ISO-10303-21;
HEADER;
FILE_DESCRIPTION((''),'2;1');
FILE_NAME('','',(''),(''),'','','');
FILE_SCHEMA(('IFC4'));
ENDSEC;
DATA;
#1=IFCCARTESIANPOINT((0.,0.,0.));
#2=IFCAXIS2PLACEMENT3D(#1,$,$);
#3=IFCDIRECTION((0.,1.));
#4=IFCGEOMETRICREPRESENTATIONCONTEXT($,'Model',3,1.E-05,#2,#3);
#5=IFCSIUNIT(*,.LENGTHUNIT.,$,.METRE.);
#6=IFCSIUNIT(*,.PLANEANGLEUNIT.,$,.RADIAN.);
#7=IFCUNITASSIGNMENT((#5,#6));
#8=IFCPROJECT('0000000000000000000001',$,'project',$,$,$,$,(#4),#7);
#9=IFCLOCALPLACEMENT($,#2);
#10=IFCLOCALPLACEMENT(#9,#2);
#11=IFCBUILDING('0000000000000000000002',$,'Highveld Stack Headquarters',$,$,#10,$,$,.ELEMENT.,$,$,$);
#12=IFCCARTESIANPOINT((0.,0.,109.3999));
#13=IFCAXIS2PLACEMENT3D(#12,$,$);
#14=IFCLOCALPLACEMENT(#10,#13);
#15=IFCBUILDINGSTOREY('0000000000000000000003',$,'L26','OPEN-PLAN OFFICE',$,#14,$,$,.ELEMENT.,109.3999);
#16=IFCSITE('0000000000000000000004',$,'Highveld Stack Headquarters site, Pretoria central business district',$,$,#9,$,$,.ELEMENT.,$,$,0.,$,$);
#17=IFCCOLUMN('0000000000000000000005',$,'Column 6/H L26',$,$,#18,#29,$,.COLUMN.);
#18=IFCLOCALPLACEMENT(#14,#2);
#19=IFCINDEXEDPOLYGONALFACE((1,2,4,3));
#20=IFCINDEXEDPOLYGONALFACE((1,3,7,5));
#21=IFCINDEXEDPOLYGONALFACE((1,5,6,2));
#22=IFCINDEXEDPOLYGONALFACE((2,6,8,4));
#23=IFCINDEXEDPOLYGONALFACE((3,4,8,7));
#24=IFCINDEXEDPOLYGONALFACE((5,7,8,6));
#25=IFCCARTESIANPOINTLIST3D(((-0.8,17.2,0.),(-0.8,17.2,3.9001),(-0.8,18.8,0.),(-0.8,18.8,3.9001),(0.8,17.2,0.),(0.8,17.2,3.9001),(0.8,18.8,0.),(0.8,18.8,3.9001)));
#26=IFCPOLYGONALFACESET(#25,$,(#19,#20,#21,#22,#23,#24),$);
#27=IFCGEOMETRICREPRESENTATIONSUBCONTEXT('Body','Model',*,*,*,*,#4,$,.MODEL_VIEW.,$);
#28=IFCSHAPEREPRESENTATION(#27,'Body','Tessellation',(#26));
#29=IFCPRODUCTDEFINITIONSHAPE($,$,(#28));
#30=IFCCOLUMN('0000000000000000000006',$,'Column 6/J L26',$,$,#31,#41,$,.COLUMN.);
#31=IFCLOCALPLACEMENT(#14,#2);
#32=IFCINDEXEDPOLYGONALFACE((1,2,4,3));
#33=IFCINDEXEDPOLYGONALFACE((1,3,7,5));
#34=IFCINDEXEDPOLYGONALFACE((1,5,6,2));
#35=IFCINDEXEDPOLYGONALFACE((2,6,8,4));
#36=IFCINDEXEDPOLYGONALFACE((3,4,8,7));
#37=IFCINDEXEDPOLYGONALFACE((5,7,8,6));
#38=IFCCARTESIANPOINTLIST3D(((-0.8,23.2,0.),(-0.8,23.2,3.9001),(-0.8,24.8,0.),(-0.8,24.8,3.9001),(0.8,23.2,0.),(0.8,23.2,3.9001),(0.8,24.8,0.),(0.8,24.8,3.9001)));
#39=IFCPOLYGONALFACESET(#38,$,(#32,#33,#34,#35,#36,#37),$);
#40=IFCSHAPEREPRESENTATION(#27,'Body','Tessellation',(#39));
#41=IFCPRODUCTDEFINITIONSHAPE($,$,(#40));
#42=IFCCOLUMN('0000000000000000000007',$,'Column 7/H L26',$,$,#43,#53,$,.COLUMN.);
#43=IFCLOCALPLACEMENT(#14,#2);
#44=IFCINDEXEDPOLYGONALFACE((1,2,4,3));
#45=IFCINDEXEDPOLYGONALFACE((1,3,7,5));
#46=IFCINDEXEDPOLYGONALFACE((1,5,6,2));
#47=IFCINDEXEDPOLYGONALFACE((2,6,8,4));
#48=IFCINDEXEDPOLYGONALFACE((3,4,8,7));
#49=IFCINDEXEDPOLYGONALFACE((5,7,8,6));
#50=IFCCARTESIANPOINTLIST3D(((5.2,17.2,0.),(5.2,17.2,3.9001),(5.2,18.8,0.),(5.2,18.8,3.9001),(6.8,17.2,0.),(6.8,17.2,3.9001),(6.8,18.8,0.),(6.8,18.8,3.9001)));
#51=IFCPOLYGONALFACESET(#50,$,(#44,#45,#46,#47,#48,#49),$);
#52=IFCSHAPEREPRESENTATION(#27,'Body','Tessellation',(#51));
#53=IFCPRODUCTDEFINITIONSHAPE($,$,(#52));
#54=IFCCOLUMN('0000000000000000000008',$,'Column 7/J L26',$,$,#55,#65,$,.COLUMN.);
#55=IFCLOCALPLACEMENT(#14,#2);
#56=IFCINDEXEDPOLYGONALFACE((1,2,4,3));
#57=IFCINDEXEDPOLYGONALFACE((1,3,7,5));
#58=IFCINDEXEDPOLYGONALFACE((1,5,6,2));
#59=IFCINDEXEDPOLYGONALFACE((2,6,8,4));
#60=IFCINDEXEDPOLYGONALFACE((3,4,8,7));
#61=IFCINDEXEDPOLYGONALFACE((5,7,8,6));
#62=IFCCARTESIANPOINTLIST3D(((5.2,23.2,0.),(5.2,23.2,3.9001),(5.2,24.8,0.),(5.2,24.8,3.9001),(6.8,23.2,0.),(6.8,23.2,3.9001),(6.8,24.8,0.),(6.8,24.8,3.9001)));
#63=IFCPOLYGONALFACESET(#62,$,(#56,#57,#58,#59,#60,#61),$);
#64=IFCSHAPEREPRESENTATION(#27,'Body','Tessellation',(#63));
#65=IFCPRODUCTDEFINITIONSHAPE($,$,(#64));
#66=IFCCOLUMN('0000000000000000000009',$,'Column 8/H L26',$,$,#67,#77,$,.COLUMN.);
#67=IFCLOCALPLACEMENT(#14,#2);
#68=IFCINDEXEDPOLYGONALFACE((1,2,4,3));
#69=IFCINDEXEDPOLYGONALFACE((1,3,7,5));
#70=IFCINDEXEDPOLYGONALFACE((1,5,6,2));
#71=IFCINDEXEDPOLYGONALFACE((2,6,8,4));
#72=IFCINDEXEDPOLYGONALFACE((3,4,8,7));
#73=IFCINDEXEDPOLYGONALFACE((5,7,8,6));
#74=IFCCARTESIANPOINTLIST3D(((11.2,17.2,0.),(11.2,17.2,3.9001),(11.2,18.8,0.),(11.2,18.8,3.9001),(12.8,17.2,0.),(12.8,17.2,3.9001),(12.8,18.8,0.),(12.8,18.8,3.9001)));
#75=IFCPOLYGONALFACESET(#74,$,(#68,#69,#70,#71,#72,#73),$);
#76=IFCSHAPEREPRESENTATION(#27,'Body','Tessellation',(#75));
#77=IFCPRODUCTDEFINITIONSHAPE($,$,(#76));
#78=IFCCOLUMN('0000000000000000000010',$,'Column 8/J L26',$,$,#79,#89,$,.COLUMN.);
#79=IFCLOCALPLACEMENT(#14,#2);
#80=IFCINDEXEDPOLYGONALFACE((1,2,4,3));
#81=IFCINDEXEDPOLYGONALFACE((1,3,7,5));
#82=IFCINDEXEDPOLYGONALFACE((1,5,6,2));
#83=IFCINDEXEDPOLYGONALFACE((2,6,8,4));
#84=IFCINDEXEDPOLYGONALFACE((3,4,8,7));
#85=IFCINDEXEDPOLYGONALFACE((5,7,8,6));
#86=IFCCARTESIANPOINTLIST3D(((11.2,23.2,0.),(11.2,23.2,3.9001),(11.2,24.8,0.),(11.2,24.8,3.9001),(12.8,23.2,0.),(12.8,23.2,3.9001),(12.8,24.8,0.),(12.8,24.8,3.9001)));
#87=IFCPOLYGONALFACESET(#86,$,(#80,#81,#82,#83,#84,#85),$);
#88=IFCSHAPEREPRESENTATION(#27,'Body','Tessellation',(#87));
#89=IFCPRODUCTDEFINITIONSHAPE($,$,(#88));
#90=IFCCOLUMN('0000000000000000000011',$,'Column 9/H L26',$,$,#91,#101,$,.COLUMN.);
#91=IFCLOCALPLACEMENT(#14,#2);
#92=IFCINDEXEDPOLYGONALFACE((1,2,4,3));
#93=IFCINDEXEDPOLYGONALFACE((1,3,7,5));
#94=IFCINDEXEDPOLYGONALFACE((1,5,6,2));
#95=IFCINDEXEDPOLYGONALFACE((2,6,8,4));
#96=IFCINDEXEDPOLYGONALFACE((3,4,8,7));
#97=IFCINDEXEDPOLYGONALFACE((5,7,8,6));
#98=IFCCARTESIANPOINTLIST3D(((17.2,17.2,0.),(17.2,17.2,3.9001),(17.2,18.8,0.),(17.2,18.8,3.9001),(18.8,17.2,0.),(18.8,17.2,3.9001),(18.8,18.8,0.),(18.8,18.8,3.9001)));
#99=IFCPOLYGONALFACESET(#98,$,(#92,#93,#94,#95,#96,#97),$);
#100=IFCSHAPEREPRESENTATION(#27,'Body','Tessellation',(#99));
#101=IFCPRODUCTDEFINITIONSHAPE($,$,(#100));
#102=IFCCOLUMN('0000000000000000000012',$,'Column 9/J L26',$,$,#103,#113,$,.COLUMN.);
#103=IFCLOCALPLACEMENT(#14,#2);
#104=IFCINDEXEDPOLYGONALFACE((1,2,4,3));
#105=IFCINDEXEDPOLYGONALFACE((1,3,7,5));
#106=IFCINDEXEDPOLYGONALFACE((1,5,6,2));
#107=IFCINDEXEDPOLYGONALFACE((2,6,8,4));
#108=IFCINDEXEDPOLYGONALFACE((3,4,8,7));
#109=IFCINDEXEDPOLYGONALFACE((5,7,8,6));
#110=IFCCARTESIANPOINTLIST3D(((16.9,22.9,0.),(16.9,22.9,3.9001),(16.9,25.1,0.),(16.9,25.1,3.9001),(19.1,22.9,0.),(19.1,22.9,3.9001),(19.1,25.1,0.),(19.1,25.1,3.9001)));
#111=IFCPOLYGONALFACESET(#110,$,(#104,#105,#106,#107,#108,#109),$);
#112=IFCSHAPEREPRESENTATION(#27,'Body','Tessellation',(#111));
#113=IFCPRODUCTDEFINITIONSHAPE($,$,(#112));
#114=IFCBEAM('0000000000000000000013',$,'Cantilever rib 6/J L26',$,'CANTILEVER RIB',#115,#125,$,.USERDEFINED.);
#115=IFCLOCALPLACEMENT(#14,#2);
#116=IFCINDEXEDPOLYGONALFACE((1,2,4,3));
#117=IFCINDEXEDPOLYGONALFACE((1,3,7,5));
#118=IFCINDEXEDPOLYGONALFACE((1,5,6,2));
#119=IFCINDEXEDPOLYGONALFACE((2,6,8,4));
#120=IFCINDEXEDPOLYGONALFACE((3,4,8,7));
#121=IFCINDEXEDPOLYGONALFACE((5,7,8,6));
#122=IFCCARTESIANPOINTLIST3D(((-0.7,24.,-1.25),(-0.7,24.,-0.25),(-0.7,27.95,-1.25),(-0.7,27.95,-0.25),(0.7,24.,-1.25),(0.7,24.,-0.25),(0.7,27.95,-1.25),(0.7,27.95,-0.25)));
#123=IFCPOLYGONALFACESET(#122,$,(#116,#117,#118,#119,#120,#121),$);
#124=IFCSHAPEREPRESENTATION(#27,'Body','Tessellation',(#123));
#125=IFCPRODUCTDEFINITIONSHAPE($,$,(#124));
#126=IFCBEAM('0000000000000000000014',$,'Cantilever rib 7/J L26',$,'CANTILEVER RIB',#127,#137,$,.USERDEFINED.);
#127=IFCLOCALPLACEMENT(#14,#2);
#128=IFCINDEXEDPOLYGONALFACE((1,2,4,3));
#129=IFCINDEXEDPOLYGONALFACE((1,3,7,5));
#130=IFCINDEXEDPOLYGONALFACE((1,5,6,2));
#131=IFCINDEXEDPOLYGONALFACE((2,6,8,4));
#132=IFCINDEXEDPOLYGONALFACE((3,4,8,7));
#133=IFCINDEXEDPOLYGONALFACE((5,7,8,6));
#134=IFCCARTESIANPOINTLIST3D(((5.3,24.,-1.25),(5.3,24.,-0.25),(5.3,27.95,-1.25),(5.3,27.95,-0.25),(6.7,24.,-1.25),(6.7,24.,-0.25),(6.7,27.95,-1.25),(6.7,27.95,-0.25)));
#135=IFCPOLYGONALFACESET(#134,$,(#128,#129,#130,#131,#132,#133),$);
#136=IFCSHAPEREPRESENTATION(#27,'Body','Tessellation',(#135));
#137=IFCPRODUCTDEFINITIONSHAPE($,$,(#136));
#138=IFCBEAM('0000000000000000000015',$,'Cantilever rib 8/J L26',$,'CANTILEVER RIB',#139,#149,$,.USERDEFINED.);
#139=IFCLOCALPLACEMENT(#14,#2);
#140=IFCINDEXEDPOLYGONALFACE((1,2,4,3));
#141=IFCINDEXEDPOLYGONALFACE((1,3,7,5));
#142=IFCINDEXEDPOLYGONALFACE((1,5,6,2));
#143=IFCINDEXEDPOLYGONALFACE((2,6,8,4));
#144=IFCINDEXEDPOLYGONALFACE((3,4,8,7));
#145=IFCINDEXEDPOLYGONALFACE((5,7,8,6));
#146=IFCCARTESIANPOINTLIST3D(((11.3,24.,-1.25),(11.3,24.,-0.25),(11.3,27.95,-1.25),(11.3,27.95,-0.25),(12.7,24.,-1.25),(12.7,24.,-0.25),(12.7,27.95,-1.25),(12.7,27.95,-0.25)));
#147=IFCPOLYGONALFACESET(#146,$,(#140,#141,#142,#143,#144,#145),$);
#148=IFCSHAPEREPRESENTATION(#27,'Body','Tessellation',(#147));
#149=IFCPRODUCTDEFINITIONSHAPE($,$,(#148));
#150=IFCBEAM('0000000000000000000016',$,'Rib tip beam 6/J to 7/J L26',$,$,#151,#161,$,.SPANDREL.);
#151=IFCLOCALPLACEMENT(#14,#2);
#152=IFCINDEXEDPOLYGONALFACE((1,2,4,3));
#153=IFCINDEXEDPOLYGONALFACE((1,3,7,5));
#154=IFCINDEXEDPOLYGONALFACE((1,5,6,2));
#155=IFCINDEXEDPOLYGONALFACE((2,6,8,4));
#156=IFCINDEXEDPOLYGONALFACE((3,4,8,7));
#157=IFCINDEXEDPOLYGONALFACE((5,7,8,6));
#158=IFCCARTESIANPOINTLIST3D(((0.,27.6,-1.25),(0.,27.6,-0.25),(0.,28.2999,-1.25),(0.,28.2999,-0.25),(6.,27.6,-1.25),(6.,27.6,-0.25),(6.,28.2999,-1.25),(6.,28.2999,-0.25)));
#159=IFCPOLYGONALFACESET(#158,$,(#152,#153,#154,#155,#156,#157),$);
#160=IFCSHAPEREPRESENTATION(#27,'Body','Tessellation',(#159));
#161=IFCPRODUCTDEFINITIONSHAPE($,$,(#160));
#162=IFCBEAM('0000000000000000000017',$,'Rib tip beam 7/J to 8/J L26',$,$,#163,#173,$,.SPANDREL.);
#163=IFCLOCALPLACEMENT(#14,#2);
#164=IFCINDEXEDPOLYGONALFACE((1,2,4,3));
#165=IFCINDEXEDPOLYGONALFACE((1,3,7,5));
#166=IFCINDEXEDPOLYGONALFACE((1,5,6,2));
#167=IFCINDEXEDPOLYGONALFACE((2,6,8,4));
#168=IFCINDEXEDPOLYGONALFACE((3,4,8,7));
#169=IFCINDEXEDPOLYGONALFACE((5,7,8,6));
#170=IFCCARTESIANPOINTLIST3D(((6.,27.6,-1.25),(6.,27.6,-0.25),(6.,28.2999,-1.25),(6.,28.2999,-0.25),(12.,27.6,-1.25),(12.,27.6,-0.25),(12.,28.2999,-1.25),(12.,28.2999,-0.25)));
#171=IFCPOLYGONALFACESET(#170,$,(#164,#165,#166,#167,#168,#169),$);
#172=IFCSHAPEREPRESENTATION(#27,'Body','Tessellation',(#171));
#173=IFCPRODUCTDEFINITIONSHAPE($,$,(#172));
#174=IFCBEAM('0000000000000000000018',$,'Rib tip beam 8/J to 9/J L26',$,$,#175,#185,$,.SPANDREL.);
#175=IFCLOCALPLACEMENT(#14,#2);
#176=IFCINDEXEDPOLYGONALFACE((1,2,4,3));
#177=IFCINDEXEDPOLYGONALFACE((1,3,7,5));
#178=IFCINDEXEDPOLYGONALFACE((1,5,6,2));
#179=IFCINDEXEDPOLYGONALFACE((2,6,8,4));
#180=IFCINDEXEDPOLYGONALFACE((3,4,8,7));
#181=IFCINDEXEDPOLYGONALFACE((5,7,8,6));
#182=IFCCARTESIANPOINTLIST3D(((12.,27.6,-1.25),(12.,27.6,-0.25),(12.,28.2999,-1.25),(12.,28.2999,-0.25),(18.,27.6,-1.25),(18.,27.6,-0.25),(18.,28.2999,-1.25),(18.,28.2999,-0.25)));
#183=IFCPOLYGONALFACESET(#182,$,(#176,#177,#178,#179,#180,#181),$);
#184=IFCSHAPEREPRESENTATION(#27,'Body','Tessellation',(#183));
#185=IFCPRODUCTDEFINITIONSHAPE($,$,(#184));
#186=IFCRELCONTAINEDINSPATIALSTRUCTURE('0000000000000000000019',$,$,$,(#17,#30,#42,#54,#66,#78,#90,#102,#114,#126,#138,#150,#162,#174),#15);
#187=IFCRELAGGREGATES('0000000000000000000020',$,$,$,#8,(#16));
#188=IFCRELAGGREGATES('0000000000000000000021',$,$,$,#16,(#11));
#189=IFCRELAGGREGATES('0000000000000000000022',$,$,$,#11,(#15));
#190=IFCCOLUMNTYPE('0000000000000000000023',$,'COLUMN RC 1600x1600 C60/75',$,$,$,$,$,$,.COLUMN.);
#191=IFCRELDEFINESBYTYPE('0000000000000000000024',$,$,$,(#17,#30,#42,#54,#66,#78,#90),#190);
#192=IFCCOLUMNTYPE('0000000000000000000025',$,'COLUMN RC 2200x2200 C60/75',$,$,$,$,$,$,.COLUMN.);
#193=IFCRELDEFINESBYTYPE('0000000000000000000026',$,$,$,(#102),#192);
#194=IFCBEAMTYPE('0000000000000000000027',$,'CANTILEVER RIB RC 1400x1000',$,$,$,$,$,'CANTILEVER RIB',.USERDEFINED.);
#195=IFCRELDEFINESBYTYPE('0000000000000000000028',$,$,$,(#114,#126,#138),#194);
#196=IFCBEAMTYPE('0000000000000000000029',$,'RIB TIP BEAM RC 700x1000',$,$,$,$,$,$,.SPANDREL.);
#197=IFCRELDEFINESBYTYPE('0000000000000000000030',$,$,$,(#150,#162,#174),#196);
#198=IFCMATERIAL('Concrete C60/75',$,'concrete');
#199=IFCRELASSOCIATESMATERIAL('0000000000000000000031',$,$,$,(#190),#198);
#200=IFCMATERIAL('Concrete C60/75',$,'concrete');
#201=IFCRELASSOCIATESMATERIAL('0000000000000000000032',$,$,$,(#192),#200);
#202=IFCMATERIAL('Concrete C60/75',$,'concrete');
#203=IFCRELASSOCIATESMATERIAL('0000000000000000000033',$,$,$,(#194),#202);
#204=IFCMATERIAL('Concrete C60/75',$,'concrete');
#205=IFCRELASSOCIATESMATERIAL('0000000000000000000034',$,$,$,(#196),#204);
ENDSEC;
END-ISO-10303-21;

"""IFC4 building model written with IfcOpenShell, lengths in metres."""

from ifc_helpers import new_model, si_unit, direction, frame, origin, origin_2d, place, context, subcontext, project, spatial, rectangle, extrude, material, material_profile, profile_set, type_object, element, save


model = new_model("IFC4")

# Units and contexts
model_context = context("Model", 3, precision=1e-05, world=origin(), true_north=direction((0.0, 1.0)))
body_context = subcontext(model_context, "Body", "Model", "MODEL_VIEW")
ifc_project = project(units=[si_unit("LENGTHUNIT", "METRE"), si_unit("PLANEANGLEUNIT", "RADIAN")], contexts=[model_context])

# Site, building, storey
site_placement = place(None, origin())
site = spatial("IfcSite", under=ifc_project, at=site_placement, Name="Highveld Stack Headquarters site, Pretoria central business district", CompositionType="ELEMENT", RefElevation=0.0)
building_placement = place(site_placement, origin())
building = spatial("IfcBuilding", under=site, at=building_placement, Name="Highveld Stack Headquarters", CompositionType="ELEMENT")
storey_placement = place(building_placement, frame((0.0, 0.0, 109.3999)))
storey = spatial("IfcBuildingStorey", under=building, at=storey_placement, Name="L26", Description="OPEN-PLAN OFFICE", CompositionType="ELEMENT", Elevation=109.3999)

# Columns
ifc_material_1 = material(Name="Concrete C60/75", Category="concrete")
ifc_material_profile_1 = material_profile(ifc_material_1, rectangle(XDim=1.6001, YDim=1.6001, at=origin_2d()), Name="RC 1600x1600")
ifc_profile_set_1 = profile_set([ifc_material_profile_1], Name="Concrete C60/75")
column_type_1 = type_object("IfcColumnType", Name="COLUMN RC 1600x1600 C60/75", PredefinedType="COLUMN", material=ifc_profile_set_1)
for number, where, z_axis, x_axis, name in (
    (1, (0.0, 18.0, 0.0), (0.0, 0.0, 1.0), (1.0, 0.0, 0.0), "Column 6/H L26"),
    (2, (0.0, 24.0, 0.0), (0.0, 0.0, 1.0), (1.0, 0.0, 0.0), "Column 6/J L26"),
    (3, (6.0, 18.0, 0.0), (0.0, 0.0, 1.0), (1.0, 0.0, 0.0), "Column 7/H L26"),
    (4, (6.0, 24.0, 0.0), (0.0, 0.0, 1.0), (1.0, 0.0, 0.0), "Column 7/J L26"),
    (5, (12.0, 18.0, 0.0), (0.0, 0.0, 1.0), (1.0, 0.0, 0.0), "Column 8/H L26"),
    (6, (12.0, 24.0, 0.0), (0.0, 0.0, 1.0), (1.0, 0.0, 0.0), "Column 8/J L26"),
    (7, (18.0, 18.0, 0.0), (0.0, 0.0, 1.0), (1.0, 0.0, 0.0), "Column 9/H L26"),
):
    element("IfcColumn", number, at=place(storey_placement, frame(where, z_axis=z_axis, x_axis=x_axis)), inside=storey, type_object=column_type_1, Name=name, PredefinedType="COLUMN", context=body_context, shape_type="SweptSolid", body=[
        extrude(rectangle(XDim=1.6001, YDim=1.6001, at=origin_2d()), origin(), (0.0, 0.0, 1.0), 3.9001),
    ])
ifc_material_2 = material(Name="Concrete C60/75", Category="concrete")
ifc_material_profile_2 = material_profile(ifc_material_2, rectangle(XDim=2.2, YDim=2.2, at=origin_2d()), Name="RC 2200x2200")
ifc_profile_set_2 = profile_set([ifc_material_profile_2], Name="Concrete C60/75")
column_type_2 = type_object("IfcColumnType", Name="COLUMN RC 2200x2200 C60/75", PredefinedType="COLUMN", material=ifc_profile_set_2)
column_placement = place(storey_placement, frame((18.0, 24.0, 0.0), z_axis=(0.0, 0.0, 1.0), x_axis=(1.0, 0.0, 0.0)))
element("IfcColumn", 8, at=column_placement, inside=storey, type_object=column_type_2, Name="Column 9/J L26", PredefinedType="COLUMN", context=body_context, shape_type="SweptSolid", body=[
    extrude(rectangle(XDim=2.2, YDim=2.2, at=origin_2d()), origin(), (0.0, 0.0, 1.0), 3.9001),
])

# Beams
ifc_material_3 = material(Name="Concrete C60/75", Category="concrete")
ifc_material_profile_3 = material_profile(ifc_material_3, rectangle(XDim=1.3999, YDim=1.0, at=origin_2d()), Name="RC 1400x1000")
ifc_profile_set_3 = profile_set([ifc_material_profile_3], Name="Concrete C60/75")
beam_type_1 = type_object("IfcBeamType", Name="CANTILEVER RIB RC 1400x1000", ElementType="CANTILEVER RIB", PredefinedType="USERDEFINED", material=ifc_profile_set_3)
for number, where, z_axis, x_axis, name in (
    (9, (0.0, 24.0, -0.75), (0.0, 1.0, 0.0), (-1.0, 0.0, 0.0), "Cantilever rib 6/J L26"),
    (10, (6.0, 24.0, -0.75), (0.0, 1.0, 0.0), (-1.0, 0.0, 0.0), "Cantilever rib 7/J L26"),
    (11, (12.0, 24.0, -0.75), (0.0, 1.0, 0.0), (-1.0, 0.0, 0.0), "Cantilever rib 8/J L26"),
):
    element("IfcBeam", number, at=place(storey_placement, frame(where, z_axis=z_axis, x_axis=x_axis)), inside=storey, type_object=beam_type_1, Name=name, ObjectType="CANTILEVER RIB", PredefinedType="USERDEFINED", context=body_context, shape_type="SweptSolid", body=[
        extrude(rectangle(XDim=1.3999, YDim=1.0, at=origin_2d()), origin(), (0.0, 0.0, 1.0), 3.95),
    ])
ifc_material_4 = material(Name="Concrete C60/75", Category="concrete")
ifc_material_profile_4 = material_profile(ifc_material_4, rectangle(XDim=0.7, YDim=1.0, at=origin_2d()), Name="RC 700x1000")
ifc_profile_set_4 = profile_set([ifc_material_profile_4], Name="Concrete C60/75")
beam_type_2 = type_object("IfcBeamType", Name="RIB TIP BEAM RC 700x1000", PredefinedType="SPANDREL", material=ifc_profile_set_4)
for number, where, z_axis, x_axis, name in (
    (12, (0.0, 27.95, -0.75), (1.0, 0.0, 0.0), (0.0, 1.0, 0.0), "Rib tip beam 6/J to 7/J L26"),
    (13, (6.0, 27.95, -0.75), (1.0, 0.0, 0.0), (0.0, 1.0, 0.0), "Rib tip beam 7/J to 8/J L26"),
    (14, (12.0, 27.95, -0.75), (1.0, 0.0, 0.0), (0.0, 1.0, 0.0), "Rib tip beam 8/J to 9/J L26"),
):
    element("IfcBeam", number, at=place(storey_placement, frame(where, z_axis=z_axis, x_axis=x_axis)), inside=storey, type_object=beam_type_2, Name=name, PredefinedType="SPANDREL", context=body_context, shape_type="SweptSolid", body=[
        extrude(rectangle(XDim=0.7, YDim=1.0, at=origin_2d()), origin(), (0.0, 0.0, 1.0), 6.0),
    ])

save(model, "model.ifc")
